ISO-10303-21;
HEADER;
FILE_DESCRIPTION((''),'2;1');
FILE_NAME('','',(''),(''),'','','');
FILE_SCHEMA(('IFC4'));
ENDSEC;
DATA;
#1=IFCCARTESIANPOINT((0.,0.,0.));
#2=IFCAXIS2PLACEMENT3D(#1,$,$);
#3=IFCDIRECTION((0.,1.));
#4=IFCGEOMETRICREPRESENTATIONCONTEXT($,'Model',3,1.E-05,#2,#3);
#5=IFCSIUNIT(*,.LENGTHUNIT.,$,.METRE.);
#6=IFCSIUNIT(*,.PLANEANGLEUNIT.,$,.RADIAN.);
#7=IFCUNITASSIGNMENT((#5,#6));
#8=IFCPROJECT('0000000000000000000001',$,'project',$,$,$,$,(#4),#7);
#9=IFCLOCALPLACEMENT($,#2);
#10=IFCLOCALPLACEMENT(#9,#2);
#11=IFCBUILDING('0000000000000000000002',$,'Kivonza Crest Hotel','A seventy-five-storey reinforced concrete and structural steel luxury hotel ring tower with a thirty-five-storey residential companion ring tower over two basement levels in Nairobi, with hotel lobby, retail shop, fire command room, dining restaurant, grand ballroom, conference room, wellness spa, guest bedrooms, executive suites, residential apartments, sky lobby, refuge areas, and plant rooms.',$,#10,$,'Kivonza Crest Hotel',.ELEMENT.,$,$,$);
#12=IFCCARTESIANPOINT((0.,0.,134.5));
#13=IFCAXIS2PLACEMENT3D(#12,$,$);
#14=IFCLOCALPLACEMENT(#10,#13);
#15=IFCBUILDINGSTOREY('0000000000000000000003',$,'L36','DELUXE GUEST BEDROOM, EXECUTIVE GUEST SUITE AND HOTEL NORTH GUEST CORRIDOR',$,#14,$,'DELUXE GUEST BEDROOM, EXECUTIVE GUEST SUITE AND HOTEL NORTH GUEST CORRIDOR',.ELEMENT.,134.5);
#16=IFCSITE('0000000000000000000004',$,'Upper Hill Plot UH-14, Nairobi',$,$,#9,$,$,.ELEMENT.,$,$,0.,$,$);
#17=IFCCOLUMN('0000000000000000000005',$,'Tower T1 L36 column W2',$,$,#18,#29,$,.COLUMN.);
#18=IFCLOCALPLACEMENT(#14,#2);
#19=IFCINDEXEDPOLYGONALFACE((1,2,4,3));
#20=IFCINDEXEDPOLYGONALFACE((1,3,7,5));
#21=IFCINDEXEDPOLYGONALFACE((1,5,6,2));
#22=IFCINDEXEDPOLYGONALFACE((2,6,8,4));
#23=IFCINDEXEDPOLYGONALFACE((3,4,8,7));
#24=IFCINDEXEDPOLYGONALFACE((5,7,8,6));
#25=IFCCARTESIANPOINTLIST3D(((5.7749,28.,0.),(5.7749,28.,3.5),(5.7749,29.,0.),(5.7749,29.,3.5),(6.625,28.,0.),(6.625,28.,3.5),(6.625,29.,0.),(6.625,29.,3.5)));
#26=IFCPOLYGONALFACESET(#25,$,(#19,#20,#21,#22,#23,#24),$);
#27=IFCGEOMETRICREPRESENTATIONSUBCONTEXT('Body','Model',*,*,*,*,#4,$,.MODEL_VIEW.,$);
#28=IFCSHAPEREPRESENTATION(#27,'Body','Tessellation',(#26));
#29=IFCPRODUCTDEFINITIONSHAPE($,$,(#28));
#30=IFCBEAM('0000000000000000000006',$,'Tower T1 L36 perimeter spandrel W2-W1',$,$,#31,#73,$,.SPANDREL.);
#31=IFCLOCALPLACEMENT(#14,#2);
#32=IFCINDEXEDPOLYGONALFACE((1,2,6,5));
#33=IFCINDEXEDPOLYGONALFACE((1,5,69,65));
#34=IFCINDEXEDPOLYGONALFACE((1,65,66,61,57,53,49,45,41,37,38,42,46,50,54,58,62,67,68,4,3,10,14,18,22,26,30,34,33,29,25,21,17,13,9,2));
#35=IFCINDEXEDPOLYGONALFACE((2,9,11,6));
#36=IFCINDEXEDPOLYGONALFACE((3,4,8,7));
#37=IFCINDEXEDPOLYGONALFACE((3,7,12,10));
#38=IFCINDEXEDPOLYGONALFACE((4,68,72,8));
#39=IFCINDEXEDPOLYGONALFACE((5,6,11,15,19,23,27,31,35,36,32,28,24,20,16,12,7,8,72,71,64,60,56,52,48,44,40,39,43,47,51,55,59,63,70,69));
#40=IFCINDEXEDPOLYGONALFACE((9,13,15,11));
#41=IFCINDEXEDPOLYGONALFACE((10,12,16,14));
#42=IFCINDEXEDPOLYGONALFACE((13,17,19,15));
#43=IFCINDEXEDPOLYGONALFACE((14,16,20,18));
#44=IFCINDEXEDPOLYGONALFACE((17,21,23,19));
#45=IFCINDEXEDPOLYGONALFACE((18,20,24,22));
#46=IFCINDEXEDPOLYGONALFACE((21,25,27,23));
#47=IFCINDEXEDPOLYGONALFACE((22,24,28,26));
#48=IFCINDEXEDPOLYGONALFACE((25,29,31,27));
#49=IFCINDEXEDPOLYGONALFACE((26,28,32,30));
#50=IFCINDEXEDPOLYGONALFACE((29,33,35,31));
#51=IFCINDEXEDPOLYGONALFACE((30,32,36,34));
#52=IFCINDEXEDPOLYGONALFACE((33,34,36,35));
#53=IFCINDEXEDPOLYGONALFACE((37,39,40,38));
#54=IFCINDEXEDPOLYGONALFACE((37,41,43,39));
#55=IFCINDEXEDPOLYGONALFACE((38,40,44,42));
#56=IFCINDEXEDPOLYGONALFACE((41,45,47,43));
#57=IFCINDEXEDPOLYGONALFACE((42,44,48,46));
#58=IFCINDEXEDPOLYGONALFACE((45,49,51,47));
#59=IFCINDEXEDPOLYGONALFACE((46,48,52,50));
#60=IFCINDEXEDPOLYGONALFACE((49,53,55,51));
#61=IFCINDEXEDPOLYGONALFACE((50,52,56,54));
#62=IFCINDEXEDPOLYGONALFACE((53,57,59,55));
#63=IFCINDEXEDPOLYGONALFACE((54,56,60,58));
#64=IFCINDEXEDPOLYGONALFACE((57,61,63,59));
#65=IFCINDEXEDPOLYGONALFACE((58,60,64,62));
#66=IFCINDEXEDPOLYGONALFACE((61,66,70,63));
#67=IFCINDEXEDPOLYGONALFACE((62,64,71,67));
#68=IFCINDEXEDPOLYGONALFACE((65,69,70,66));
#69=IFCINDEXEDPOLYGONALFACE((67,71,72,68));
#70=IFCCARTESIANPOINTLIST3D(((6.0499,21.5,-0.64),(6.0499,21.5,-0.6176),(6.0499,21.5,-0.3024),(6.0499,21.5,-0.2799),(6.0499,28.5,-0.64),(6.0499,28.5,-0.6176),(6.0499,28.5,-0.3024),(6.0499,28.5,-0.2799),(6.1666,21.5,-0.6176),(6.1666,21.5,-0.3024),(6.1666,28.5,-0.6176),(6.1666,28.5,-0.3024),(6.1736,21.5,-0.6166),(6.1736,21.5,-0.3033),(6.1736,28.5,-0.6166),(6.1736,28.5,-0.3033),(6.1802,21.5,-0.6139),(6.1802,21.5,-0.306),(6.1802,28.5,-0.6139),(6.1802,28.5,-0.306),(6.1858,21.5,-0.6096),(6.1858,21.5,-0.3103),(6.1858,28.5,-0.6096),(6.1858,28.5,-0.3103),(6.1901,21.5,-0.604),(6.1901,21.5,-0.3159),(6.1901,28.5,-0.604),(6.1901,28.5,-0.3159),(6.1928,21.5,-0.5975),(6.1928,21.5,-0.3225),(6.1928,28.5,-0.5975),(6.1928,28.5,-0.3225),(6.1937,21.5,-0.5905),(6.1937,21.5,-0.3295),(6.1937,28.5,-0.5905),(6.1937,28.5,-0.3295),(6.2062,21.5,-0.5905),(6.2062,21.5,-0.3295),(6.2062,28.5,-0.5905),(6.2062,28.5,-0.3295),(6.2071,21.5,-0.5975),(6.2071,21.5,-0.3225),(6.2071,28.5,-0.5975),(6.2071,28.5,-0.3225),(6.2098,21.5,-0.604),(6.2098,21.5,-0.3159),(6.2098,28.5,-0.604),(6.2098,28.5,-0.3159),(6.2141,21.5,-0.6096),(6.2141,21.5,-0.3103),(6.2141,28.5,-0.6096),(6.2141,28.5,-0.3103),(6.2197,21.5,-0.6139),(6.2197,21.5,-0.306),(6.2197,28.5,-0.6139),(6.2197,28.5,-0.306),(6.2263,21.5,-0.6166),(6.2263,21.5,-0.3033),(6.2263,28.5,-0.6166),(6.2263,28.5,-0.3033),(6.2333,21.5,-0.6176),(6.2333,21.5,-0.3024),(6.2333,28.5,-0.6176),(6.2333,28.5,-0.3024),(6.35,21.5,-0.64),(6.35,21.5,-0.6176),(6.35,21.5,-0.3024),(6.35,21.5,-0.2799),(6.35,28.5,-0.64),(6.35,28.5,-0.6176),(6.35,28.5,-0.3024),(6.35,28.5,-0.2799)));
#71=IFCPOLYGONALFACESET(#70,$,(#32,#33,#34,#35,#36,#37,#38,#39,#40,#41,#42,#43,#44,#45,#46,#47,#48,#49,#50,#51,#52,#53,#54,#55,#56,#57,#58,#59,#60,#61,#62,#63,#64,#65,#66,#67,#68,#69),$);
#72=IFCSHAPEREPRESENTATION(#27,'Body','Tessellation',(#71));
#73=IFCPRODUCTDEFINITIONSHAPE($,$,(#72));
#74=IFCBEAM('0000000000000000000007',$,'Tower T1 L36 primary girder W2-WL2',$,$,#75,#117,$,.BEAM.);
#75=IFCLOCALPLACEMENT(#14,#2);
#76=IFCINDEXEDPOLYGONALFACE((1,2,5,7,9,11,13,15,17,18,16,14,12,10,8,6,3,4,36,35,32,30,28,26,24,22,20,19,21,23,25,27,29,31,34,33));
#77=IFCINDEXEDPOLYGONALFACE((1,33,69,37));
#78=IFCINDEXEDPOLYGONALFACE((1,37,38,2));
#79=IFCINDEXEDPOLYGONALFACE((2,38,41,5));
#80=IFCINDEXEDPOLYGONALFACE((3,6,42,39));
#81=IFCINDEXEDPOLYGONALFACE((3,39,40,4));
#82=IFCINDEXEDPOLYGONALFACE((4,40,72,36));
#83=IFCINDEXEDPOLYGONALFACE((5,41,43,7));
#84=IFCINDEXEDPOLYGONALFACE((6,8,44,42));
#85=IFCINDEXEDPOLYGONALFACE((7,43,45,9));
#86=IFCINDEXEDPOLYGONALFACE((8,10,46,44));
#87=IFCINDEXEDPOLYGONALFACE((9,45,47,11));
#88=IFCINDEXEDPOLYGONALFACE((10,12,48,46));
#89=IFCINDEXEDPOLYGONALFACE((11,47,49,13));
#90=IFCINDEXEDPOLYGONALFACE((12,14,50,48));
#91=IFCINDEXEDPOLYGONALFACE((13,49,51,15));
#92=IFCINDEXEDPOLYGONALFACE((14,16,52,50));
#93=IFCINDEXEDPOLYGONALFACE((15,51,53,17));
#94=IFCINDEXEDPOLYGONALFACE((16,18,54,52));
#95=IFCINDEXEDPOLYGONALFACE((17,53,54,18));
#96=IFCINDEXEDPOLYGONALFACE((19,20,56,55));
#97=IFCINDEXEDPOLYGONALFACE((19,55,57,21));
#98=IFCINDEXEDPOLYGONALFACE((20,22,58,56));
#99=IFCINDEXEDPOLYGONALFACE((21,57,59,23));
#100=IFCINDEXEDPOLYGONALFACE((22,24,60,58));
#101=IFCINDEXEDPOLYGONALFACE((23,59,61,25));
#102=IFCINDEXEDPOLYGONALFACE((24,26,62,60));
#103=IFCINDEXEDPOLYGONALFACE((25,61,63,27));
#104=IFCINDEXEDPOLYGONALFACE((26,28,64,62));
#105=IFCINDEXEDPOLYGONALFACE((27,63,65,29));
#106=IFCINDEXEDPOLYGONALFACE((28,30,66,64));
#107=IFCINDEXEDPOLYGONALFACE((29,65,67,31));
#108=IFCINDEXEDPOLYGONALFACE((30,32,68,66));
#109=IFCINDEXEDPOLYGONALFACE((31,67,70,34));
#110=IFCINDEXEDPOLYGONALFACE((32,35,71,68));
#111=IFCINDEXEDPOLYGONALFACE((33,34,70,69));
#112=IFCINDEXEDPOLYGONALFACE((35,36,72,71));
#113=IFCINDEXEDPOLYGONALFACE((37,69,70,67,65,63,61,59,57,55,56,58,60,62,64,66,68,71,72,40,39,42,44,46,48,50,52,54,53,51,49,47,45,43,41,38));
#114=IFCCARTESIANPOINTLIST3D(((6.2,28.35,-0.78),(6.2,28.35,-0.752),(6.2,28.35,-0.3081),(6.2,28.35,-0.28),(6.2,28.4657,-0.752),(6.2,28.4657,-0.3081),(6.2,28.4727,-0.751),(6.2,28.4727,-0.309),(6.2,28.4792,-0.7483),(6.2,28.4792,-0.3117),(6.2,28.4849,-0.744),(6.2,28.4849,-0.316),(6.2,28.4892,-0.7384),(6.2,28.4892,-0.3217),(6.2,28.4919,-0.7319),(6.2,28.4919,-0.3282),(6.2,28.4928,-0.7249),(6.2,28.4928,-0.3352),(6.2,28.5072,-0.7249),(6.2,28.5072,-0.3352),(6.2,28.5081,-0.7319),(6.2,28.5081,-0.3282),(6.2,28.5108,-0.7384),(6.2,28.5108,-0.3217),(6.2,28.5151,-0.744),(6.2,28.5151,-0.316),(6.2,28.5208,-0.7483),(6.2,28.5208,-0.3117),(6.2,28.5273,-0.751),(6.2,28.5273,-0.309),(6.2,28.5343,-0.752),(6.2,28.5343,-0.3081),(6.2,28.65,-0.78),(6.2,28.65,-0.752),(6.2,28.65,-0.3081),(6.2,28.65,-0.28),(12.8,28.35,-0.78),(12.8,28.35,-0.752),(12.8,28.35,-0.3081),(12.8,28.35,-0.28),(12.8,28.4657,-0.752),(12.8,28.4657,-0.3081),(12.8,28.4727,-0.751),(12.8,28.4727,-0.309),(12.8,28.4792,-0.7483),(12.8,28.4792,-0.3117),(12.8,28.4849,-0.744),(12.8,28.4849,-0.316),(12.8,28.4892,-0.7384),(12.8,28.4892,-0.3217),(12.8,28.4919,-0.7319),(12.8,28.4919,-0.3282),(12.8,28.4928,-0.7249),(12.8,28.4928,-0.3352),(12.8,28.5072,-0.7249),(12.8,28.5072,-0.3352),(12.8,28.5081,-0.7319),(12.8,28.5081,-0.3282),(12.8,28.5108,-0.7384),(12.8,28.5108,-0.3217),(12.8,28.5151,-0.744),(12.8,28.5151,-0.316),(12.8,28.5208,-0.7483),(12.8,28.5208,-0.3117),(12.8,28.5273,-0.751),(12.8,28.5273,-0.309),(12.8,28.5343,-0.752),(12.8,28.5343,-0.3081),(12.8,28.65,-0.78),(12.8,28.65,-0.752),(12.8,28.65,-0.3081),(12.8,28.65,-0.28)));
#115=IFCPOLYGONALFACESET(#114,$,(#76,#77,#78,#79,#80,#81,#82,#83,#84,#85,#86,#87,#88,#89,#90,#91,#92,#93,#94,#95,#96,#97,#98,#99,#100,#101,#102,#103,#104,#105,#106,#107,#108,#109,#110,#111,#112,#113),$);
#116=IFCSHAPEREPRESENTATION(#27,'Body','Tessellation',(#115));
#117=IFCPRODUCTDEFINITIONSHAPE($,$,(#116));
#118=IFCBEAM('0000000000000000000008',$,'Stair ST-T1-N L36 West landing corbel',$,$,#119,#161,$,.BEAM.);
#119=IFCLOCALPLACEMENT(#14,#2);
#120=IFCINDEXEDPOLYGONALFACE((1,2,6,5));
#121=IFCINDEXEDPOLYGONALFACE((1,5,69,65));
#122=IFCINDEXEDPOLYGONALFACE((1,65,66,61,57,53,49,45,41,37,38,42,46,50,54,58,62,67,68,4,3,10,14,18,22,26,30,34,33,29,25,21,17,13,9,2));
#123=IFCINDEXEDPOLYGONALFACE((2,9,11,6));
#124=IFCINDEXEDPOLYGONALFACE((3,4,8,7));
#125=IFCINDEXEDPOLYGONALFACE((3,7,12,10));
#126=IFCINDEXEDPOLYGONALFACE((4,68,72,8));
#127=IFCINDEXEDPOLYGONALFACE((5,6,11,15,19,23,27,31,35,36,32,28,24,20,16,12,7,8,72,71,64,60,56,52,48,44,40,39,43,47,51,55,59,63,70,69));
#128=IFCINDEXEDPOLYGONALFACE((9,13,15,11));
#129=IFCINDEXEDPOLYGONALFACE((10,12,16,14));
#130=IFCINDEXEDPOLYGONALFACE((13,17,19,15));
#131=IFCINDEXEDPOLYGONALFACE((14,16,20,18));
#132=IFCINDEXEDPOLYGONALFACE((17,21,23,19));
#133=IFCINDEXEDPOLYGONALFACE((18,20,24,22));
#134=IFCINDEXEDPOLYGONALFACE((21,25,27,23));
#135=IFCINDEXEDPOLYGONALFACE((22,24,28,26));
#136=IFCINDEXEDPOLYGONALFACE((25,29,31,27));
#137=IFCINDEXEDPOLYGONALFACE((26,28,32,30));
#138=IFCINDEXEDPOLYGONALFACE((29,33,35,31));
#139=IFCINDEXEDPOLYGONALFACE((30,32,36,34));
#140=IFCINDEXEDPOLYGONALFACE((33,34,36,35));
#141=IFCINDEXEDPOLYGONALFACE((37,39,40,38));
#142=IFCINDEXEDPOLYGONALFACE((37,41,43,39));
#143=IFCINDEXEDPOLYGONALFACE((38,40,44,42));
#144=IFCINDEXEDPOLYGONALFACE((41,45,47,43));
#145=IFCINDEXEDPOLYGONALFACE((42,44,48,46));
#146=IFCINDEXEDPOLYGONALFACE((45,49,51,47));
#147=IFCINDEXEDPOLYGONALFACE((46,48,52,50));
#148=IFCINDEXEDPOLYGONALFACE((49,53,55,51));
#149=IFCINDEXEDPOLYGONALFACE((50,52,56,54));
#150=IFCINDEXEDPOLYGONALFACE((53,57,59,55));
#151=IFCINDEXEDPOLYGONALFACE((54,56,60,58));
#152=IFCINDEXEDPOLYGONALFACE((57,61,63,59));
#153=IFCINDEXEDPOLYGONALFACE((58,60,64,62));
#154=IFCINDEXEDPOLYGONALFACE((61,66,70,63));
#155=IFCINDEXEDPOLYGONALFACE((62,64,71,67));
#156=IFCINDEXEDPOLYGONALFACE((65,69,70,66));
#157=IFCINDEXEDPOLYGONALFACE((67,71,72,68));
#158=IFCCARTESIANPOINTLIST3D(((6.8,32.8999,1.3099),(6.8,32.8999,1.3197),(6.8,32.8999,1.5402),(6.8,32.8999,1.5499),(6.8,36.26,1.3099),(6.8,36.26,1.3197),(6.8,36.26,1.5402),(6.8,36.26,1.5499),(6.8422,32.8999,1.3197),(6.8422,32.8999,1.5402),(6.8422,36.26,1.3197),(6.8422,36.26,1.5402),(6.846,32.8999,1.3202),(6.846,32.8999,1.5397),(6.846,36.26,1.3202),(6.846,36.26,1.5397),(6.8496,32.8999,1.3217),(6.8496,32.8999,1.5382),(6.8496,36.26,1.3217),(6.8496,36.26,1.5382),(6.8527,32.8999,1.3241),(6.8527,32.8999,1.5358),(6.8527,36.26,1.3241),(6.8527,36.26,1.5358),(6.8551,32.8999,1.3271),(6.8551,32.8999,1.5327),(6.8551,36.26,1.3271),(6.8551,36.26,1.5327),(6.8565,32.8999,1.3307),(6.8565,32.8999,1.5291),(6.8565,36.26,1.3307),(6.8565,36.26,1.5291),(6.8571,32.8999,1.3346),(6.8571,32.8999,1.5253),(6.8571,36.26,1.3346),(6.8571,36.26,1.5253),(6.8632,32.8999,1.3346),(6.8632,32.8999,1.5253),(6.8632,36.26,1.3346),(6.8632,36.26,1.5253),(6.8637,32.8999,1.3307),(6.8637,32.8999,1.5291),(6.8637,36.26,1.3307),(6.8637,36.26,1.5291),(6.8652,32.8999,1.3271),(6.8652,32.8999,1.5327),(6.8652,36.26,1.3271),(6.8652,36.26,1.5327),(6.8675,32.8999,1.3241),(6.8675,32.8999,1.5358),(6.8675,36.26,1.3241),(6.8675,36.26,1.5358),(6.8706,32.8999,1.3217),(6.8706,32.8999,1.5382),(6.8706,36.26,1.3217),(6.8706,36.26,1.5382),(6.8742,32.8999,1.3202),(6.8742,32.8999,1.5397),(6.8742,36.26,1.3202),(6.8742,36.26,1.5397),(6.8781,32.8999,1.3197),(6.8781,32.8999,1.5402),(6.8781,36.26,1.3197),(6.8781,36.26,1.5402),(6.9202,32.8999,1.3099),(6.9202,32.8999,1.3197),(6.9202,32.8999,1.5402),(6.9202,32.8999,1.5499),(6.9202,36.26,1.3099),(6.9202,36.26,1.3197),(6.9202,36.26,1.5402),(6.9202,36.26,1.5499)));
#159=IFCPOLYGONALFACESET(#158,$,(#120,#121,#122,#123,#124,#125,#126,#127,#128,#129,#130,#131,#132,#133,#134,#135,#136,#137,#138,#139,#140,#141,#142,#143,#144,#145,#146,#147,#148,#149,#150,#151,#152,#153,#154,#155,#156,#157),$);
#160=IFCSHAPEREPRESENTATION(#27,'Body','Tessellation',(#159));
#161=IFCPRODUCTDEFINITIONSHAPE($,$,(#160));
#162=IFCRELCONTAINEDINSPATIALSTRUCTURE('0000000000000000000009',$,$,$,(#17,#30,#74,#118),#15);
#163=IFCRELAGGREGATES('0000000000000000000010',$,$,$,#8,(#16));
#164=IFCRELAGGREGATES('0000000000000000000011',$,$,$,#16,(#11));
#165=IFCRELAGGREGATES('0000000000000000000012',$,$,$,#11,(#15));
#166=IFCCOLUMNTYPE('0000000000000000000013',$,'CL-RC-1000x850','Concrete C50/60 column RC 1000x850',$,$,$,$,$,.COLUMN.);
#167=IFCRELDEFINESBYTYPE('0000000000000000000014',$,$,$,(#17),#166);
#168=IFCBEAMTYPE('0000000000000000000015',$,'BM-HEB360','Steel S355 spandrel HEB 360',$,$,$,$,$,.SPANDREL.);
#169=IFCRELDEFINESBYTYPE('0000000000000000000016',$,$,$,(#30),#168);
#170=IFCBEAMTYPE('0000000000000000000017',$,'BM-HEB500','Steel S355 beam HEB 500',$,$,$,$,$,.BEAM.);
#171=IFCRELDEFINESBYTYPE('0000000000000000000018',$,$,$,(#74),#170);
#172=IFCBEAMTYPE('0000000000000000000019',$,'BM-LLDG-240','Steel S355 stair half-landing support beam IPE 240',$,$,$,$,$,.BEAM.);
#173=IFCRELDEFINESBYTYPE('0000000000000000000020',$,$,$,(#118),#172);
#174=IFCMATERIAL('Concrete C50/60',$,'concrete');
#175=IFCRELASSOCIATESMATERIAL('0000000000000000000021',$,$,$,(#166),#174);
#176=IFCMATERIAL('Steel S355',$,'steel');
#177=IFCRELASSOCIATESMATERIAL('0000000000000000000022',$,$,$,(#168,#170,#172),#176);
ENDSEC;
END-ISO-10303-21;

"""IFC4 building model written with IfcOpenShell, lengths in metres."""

from ifc_helpers import new_model, si_unit, direction, frame, origin, origin_2d, place, context, subcontext, project, spatial, rectangle, i_section, extrude, material, material_profile, profile_set, type_object, element, save


model = new_model("IFC4")

# Units and contexts
model_context = context("Model", 3, precision=1e-05, world=origin(), true_north=direction((0.0, 1.0)))
body_context = subcontext(model_context, "Body", "Model", "MODEL_VIEW")
ifc_project = project(units=[si_unit("LENGTHUNIT", "METRE"), si_unit("PLANEANGLEUNIT", "RADIAN")], contexts=[model_context])

# Site, building, storey
site_placement = place(None, origin())
site = spatial("IfcSite", under=ifc_project, at=site_placement, Name="Upper Hill Plot UH-14, Nairobi", CompositionType="ELEMENT", RefElevation=0.0)
building_placement = place(site_placement, origin())
building = spatial("IfcBuilding", under=site, at=building_placement, Name="Kivonza Crest Hotel", Description="A seventy-five-storey reinforced concrete and structural steel luxury hotel ring tower with a thirty-five-storey residential companion ring tower over two basement levels in Nairobi, with hotel lobby, retail shop, fire command room, dining restaurant, grand ballroom, conference room, wellness spa, guest bedrooms, executive suites, residential apartments, sky lobby, refuge areas, and plant rooms.", LongName="Kivonza Crest Hotel", CompositionType="ELEMENT")
storey_placement = place(building_placement, frame((0.0, 0.0, 134.5)))
storey = spatial("IfcBuildingStorey", under=building, at=storey_placement, Name="L36", Description="DELUXE GUEST BEDROOM, EXECUTIVE GUEST SUITE AND HOTEL NORTH GUEST CORRIDOR", LongName="DELUXE GUEST BEDROOM, EXECUTIVE GUEST SUITE AND HOTEL NORTH GUEST CORRIDOR", CompositionType="ELEMENT", Elevation=134.5)

# Column
ifc_material_1 = material(Name="Concrete C50/60", Category="concrete")
ifc_material_profile_1 = material_profile(ifc_material_1, rectangle(XDim=0.8501, YDim=1.0, at=origin_2d()), Name="RC 1000x850")
ifc_profile_set_1 = profile_set([ifc_material_profile_1], Name="Concrete C50/60")
column_type = type_object("IfcColumnType", Name="CL-RC-1000x850", Description="Concrete C50/60 column RC 1000x850", PredefinedType="COLUMN", material=ifc_profile_set_1)
column_placement = place(storey_placement, frame((6.2, 28.5, 0.0), z_axis=(0.0, 0.0, 1.0), x_axis=(1.0, 0.0, 0.0)))
element("IfcColumn", 1, at=column_placement, inside=storey, type_object=column_type, Name="Tower T1 L36 column W2", PredefinedType="COLUMN", context=body_context, shape_type="SweptSolid", body=[
    extrude(rectangle(XDim=0.8501, YDim=1.0, at=origin_2d()), origin(), (0.0, 0.0, 1.0), 3.5),
])

# Beams
ifc_material_2 = material(Name="Steel S355", Category="steel")
ifc_material_profile_2 = material_profile(ifc_material_2, i_section(OverallWidth=0.3, OverallDepth=0.3601, WebThickness=0.0125, FlangeThickness=0.0225, FilletRadius=0.0271, at=origin_2d()), Name="HEB 360")
ifc_profile_set_2 = profile_set([ifc_material_profile_2], Name="Steel S355")
beam_type_1 = type_object("IfcBeamType", Name="BM-HEB360", Description="Steel S355 spandrel HEB 360", PredefinedType="SPANDREL", material=ifc_profile_set_2)
beam_1_placement = place(storey_placement, frame((6.2, 28.5, -0.46), z_axis=(0.0, -1.0, 0.0), x_axis=(1.0, 0.0, 0.0)))
element("IfcBeam", 2, at=beam_1_placement, inside=storey, type_object=beam_type_1, Name="Tower T1 L36 perimeter spandrel W2-W1", PredefinedType="SPANDREL", context=body_context, shape_type="SweptSolid", body=[
    extrude(i_section(OverallWidth=0.3, OverallDepth=0.3601, WebThickness=0.0125, FlangeThickness=0.0225, FilletRadius=0.0271, at=origin_2d()), origin(), (0.0, 0.0, 1.0), 7.0),
])
ifc_material_profile_3 = material_profile(ifc_material_2, i_section(OverallWidth=0.3, OverallDepth=0.5, WebThickness=0.0144, FlangeThickness=0.0281, FilletRadius=0.0271, at=origin_2d()), Name="HEB 500")
ifc_profile_set_3 = profile_set([ifc_material_profile_3], Name="Steel S355")
beam_type_2 = type_object("IfcBeamType", Name="BM-HEB500", Description="Steel S355 beam HEB 500", PredefinedType="BEAM", material=ifc_profile_set_3)
beam_2_placement = place(storey_placement, frame((6.2, 28.5, -0.53), z_axis=(1.0, 0.0, 0.0), x_axis=(0.0, 1.0, 0.0)))
element("IfcBeam", 3, at=beam_2_placement, inside=storey, type_object=beam_type_2, Name="Tower T1 L36 primary girder W2-WL2", PredefinedType="BEAM", context=body_context, shape_type="SweptSolid", body=[
    extrude(i_section(OverallWidth=0.3, OverallDepth=0.5, WebThickness=0.0144, FlangeThickness=0.0281, FilletRadius=0.0271, at=origin_2d()), origin(), (0.0, 0.0, 1.0), 6.6001),
])
ifc_material_profile_4 = material_profile(ifc_material_2, i_section(OverallWidth=0.1201, OverallDepth=0.24, WebThickness=0.0061, FlangeThickness=0.0098, FilletRadius=0.0149, at=origin_2d()), Name="IPE 240")
ifc_profile_set_4 = profile_set([ifc_material_profile_4], Name="Steel S355")
beam_type_3 = type_object("IfcBeamType", Name="BM-LLDG-240", Description="Steel S355 stair half-landing support beam IPE 240", PredefinedType="BEAM", material=ifc_profile_set_4)
beam_3_placement = place(storey_placement, frame((6.8601, 32.8999, 1.4299), z_axis=(0.0, 1.0, 0.0), x_axis=(-1.0, 0.0, 0.0)))
element("IfcBeam", 4, at=beam_3_placement, inside=storey, type_object=beam_type_3, Name="Stair ST-T1-N L36 West landing corbel", PredefinedType="BEAM", context=body_context, shape_type="SweptSolid", body=[
    extrude(i_section(OverallWidth=0.1201, OverallDepth=0.24, WebThickness=0.0061, FlangeThickness=0.0098, FilletRadius=0.0149, at=origin_2d()), origin(), (0.0, 0.0, 1.0), 3.3601),
])

save(model, "model.ifc")
